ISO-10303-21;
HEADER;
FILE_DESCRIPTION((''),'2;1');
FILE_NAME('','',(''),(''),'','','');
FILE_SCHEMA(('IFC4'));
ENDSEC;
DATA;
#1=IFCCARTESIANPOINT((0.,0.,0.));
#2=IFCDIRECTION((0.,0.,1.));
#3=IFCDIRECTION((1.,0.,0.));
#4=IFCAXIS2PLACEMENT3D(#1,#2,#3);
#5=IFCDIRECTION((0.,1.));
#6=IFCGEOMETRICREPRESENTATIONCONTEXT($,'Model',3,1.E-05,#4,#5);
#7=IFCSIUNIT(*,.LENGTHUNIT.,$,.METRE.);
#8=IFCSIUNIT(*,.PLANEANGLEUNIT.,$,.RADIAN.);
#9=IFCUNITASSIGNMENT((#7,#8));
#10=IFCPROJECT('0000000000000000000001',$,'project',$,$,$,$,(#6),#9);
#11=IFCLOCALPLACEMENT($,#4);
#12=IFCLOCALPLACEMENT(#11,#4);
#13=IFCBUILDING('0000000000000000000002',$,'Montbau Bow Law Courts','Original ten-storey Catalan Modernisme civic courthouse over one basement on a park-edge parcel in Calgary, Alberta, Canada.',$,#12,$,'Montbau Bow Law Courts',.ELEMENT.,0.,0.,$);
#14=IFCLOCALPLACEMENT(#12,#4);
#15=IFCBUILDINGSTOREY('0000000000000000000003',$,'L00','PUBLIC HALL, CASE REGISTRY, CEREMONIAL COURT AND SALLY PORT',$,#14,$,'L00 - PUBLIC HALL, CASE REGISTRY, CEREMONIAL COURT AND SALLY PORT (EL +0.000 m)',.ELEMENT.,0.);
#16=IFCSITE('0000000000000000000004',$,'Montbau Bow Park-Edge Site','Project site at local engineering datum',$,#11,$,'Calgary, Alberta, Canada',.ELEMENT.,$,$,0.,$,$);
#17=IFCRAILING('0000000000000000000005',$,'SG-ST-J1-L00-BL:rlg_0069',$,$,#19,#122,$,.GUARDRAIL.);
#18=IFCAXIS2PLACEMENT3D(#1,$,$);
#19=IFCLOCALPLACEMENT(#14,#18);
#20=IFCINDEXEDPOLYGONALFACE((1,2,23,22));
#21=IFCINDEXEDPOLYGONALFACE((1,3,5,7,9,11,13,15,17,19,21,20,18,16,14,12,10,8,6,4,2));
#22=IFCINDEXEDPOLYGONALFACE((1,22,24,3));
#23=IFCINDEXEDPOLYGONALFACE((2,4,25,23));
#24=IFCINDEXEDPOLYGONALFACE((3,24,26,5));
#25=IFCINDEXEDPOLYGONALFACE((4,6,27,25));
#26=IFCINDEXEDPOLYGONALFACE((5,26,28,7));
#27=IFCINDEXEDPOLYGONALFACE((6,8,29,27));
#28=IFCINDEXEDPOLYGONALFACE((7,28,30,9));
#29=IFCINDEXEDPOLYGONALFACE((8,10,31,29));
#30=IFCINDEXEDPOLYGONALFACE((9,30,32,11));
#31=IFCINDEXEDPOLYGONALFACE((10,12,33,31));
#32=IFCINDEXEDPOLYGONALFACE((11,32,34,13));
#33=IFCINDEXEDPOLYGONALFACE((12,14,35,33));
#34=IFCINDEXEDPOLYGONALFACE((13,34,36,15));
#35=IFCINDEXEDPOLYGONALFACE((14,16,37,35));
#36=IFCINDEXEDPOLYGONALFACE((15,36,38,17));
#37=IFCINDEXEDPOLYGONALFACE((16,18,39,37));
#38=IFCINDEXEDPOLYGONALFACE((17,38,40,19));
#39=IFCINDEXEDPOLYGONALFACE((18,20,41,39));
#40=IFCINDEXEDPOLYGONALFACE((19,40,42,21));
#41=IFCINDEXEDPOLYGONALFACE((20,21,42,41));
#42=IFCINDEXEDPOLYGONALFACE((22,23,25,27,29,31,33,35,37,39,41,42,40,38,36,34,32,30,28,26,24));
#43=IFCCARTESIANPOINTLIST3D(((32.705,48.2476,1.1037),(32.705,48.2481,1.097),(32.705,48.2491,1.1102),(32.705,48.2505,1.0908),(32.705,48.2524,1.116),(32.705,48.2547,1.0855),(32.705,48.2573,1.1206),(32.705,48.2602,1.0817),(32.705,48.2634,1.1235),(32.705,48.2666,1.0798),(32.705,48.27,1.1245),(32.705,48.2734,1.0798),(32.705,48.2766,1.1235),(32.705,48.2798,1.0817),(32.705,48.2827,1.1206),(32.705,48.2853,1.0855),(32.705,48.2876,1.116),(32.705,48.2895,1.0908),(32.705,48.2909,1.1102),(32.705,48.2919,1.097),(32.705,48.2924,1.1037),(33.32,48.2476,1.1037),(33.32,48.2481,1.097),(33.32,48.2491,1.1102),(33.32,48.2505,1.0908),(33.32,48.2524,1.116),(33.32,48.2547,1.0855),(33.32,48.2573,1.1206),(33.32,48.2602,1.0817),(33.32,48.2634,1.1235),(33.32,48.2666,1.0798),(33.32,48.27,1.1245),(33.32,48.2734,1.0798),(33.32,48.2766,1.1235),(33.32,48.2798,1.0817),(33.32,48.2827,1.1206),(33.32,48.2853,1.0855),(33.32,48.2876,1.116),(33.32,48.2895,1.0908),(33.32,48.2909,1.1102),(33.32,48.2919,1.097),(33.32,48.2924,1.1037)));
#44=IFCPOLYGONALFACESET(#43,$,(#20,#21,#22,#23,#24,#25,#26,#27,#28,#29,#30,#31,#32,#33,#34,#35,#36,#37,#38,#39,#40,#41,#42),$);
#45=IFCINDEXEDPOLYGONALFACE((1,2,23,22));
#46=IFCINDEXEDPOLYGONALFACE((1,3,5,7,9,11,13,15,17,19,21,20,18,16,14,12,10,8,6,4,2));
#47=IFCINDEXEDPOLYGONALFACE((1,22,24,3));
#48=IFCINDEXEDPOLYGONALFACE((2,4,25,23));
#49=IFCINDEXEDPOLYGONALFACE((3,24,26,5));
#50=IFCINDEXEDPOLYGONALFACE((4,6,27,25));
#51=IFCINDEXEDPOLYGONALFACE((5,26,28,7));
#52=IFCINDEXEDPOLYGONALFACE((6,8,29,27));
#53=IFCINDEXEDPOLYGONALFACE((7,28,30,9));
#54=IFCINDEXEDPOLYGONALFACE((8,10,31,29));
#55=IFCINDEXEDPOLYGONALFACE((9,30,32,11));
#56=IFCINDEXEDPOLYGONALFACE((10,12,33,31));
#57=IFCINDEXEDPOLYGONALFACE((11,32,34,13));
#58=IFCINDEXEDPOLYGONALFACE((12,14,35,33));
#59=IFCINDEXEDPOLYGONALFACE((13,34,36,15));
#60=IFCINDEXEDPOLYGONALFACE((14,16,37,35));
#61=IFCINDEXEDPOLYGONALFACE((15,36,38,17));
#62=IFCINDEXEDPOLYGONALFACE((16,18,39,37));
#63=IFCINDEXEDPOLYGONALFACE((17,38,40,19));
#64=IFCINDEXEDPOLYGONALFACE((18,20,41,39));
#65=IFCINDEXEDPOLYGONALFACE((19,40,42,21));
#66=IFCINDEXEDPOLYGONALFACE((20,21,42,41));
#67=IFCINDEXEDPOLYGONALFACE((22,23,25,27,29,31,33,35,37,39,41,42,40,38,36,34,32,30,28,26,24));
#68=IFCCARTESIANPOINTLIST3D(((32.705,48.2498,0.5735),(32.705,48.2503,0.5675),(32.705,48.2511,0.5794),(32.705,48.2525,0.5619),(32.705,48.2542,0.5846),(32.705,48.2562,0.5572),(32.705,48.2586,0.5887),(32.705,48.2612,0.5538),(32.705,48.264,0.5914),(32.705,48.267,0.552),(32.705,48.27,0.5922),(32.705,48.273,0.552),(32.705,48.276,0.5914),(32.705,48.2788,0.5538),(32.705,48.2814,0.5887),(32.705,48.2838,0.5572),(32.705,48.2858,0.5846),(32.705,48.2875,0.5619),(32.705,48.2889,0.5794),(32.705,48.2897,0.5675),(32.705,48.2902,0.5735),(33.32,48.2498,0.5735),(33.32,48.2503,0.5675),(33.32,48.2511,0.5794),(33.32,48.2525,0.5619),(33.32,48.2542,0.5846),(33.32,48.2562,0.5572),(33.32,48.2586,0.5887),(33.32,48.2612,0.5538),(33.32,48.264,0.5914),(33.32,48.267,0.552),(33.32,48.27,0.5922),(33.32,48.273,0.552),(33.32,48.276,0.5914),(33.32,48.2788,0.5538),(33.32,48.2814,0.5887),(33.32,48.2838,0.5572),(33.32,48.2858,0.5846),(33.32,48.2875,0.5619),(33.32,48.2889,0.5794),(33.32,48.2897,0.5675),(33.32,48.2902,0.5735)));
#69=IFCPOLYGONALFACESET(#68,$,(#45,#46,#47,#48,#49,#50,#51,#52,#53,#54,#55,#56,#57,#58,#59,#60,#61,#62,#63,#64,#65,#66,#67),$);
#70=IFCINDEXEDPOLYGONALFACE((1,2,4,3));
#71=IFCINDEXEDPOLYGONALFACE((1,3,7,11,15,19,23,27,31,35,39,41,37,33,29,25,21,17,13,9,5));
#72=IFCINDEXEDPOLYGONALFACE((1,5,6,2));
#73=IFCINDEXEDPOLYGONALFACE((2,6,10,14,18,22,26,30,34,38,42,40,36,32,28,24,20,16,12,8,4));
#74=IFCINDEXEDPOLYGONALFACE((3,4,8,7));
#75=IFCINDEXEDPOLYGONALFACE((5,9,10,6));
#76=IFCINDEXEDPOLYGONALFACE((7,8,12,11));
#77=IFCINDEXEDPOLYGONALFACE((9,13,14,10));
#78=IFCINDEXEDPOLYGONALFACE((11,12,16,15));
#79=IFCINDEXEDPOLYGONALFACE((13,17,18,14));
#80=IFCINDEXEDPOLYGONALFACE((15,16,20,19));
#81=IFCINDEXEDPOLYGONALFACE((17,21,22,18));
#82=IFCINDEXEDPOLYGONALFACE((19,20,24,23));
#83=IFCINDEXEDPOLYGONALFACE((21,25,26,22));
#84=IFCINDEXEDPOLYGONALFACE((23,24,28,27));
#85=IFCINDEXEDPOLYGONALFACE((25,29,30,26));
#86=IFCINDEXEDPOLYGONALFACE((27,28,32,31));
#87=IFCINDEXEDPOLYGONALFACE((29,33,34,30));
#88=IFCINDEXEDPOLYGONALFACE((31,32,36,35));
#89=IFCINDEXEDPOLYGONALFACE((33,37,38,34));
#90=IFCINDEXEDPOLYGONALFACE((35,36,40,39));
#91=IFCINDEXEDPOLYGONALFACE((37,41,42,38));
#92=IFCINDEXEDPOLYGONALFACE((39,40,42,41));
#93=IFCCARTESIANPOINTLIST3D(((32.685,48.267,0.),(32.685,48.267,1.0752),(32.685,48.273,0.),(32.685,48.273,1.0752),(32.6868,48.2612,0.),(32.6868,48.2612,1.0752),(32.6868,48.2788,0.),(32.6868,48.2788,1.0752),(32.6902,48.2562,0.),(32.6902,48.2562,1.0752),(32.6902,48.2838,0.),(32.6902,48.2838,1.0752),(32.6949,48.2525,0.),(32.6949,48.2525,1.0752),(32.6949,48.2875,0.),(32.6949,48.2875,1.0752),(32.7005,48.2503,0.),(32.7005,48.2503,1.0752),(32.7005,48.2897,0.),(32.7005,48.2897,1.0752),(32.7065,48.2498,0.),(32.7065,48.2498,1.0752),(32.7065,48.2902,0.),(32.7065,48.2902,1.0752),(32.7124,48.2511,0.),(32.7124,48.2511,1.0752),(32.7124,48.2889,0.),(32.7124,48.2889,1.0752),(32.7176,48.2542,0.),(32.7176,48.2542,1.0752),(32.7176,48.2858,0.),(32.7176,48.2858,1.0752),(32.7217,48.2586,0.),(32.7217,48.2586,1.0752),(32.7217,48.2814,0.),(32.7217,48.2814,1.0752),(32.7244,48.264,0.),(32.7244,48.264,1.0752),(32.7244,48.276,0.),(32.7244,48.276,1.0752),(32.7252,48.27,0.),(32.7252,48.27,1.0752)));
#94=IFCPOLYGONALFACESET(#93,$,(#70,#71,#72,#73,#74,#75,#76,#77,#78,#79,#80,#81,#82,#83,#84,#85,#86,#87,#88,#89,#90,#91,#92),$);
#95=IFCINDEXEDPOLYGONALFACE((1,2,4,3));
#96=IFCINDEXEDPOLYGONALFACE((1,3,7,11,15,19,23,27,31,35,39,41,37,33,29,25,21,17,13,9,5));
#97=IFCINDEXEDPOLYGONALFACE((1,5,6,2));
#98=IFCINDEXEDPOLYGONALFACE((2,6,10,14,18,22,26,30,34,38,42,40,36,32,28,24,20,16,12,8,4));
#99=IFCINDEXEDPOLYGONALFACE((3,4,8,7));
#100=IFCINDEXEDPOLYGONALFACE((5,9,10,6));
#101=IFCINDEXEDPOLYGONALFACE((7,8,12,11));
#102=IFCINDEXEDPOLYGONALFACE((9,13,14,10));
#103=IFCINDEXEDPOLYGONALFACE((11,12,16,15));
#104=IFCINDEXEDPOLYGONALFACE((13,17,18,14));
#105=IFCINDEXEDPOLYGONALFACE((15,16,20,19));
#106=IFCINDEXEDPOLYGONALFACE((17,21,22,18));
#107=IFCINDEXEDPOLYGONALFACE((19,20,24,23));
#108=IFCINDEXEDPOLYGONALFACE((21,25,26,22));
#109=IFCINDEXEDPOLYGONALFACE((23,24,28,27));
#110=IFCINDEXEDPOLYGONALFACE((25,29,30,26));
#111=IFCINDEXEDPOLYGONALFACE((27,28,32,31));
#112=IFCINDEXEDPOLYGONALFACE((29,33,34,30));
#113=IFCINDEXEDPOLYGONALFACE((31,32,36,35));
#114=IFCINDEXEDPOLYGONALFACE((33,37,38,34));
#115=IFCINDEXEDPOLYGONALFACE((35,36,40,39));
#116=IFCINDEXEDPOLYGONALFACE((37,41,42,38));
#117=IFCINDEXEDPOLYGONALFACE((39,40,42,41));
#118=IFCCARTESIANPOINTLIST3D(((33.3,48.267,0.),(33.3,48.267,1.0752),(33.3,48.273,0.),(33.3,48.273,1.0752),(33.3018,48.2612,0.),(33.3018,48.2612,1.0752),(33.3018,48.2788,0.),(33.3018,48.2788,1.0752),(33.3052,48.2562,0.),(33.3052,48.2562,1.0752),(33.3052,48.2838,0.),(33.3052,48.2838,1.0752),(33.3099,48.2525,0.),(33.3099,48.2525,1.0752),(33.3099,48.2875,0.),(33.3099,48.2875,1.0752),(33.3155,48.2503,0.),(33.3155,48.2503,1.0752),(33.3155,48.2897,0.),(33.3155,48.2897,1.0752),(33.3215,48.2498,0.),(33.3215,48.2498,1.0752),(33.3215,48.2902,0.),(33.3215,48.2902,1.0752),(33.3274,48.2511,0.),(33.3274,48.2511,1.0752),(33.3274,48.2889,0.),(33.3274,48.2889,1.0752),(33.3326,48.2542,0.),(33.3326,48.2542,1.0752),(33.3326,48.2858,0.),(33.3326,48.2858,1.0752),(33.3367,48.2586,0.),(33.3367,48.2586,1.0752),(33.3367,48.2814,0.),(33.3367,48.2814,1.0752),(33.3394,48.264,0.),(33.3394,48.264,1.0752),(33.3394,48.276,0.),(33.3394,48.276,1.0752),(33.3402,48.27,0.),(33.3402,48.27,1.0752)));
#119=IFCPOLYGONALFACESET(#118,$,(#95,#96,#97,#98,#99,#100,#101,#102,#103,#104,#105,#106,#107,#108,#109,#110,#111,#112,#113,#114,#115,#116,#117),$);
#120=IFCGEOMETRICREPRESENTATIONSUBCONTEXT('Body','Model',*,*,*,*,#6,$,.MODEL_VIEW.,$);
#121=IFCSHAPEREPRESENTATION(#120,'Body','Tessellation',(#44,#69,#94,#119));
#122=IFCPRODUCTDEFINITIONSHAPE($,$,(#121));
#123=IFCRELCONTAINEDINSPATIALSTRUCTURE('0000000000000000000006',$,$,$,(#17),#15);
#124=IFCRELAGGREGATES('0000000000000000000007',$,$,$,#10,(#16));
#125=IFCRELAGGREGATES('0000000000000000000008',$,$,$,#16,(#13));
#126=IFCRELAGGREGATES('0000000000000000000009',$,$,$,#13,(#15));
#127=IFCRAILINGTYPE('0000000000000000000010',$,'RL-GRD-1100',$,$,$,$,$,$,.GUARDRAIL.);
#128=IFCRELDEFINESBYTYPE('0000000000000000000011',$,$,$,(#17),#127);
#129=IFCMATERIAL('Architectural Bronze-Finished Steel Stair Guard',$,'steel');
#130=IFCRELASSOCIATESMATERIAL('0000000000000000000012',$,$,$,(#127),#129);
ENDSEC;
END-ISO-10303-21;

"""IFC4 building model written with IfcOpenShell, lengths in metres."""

from ifc_helpers import new_model, si_unit, direction, frame, origin_with_axes, origin_2d_with_axis, place, context, subcontext, project, spatial, circle, extrude, material, type_object, element, save


model = new_model("IFC4")

# Units and contexts
model_context = context("Model", 3, precision=1e-05, world=origin_with_axes(), true_north=direction((0.0, 1.0)))
body_context = subcontext(model_context, "Body", "Model", "MODEL_VIEW")
ifc_project = project(units=[si_unit("LENGTHUNIT", "METRE"), si_unit("PLANEANGLEUNIT", "RADIAN")], contexts=[model_context])

# Site, building, storey
site_placement = place(None, origin_with_axes())
site = spatial("IfcSite", under=ifc_project, at=site_placement, Name="Montbau Bow Park-Edge Site", Description="Project site at local engineering datum", LongName="Calgary, Alberta, Canada", CompositionType="ELEMENT", RefElevation=0.0)
building_placement = place(site_placement, origin_with_axes())
building = spatial("IfcBuilding", under=site, at=building_placement, Name="Montbau Bow Law Courts", Description="Original ten-storey Catalan Modernisme civic courthouse over one basement on a park-edge parcel in Calgary, Alberta, Canada.", LongName="Montbau Bow Law Courts", CompositionType="ELEMENT", ElevationOfRefHeight=0.0, ElevationOfTerrain=0.0)
storey_placement = place(building_placement, origin_with_axes())
storey = spatial("IfcBuildingStorey", under=building, at=storey_placement, Name="L00", Description="PUBLIC HALL, CASE REGISTRY, CEREMONIAL COURT AND SALLY PORT", LongName="L00 - PUBLIC HALL, CASE REGISTRY, CEREMONIAL COURT AND SALLY PORT (EL +0.000 m)", CompositionType="ELEMENT", Elevation=0.0)

# Railing
ifc_material_1 = material(Name="Architectural Bronze-Finished Steel Stair Guard", Category="steel")
railing_type_1 = type_object("IfcRailingType", Name="RL-GRD-1100", PredefinedType="GUARDRAIL", material=ifc_material_1)
railing_1_placement = place(None, origin_with_axes())
element("IfcRailing", 1, at=railing_1_placement, inside=storey, type_object=railing_type_1, Name="SG-ST-J1-L00-BL:rlg_0069", PredefinedType="GUARDRAIL", context=body_context, shape_type="SweptSolid", body=[
    extrude(circle(Radius=0.0225, at=origin_2d_with_axis()), frame((32.705, 48.27, 1.102), z_axis=(1.0, 0.0, 0.0), x_axis=(0.0, 0.0, 1.0)), (0.0, 0.0, 1.0), 0.615),
    extrude(circle(Radius=0.0203, at=origin_2d_with_axis()), frame((32.705, 48.27, 0.572), z_axis=(1.0, 0.0, 0.0), x_axis=(0.0, 0.0, 1.0)), (0.0, 0.0, 1.0), 0.615),
    extrude(circle(Radius=0.0203, at=origin_2d_with_axis()), frame((32.705, 48.27, 0.0), z_axis=(0.0, 0.0, 1.0), x_axis=(1.0, 0.0, 0.0)), (0.0, 0.0, 1.0), 1.0753),
    extrude(circle(Radius=0.0203, at=origin_2d_with_axis()), frame((33.32, 48.27, 0.0), z_axis=(0.0, 0.0, 1.0), x_axis=(1.0, 0.0, 0.0)), (0.0, 0.0, 1.0), 1.0753),
])

save(model, "model.ifc")
